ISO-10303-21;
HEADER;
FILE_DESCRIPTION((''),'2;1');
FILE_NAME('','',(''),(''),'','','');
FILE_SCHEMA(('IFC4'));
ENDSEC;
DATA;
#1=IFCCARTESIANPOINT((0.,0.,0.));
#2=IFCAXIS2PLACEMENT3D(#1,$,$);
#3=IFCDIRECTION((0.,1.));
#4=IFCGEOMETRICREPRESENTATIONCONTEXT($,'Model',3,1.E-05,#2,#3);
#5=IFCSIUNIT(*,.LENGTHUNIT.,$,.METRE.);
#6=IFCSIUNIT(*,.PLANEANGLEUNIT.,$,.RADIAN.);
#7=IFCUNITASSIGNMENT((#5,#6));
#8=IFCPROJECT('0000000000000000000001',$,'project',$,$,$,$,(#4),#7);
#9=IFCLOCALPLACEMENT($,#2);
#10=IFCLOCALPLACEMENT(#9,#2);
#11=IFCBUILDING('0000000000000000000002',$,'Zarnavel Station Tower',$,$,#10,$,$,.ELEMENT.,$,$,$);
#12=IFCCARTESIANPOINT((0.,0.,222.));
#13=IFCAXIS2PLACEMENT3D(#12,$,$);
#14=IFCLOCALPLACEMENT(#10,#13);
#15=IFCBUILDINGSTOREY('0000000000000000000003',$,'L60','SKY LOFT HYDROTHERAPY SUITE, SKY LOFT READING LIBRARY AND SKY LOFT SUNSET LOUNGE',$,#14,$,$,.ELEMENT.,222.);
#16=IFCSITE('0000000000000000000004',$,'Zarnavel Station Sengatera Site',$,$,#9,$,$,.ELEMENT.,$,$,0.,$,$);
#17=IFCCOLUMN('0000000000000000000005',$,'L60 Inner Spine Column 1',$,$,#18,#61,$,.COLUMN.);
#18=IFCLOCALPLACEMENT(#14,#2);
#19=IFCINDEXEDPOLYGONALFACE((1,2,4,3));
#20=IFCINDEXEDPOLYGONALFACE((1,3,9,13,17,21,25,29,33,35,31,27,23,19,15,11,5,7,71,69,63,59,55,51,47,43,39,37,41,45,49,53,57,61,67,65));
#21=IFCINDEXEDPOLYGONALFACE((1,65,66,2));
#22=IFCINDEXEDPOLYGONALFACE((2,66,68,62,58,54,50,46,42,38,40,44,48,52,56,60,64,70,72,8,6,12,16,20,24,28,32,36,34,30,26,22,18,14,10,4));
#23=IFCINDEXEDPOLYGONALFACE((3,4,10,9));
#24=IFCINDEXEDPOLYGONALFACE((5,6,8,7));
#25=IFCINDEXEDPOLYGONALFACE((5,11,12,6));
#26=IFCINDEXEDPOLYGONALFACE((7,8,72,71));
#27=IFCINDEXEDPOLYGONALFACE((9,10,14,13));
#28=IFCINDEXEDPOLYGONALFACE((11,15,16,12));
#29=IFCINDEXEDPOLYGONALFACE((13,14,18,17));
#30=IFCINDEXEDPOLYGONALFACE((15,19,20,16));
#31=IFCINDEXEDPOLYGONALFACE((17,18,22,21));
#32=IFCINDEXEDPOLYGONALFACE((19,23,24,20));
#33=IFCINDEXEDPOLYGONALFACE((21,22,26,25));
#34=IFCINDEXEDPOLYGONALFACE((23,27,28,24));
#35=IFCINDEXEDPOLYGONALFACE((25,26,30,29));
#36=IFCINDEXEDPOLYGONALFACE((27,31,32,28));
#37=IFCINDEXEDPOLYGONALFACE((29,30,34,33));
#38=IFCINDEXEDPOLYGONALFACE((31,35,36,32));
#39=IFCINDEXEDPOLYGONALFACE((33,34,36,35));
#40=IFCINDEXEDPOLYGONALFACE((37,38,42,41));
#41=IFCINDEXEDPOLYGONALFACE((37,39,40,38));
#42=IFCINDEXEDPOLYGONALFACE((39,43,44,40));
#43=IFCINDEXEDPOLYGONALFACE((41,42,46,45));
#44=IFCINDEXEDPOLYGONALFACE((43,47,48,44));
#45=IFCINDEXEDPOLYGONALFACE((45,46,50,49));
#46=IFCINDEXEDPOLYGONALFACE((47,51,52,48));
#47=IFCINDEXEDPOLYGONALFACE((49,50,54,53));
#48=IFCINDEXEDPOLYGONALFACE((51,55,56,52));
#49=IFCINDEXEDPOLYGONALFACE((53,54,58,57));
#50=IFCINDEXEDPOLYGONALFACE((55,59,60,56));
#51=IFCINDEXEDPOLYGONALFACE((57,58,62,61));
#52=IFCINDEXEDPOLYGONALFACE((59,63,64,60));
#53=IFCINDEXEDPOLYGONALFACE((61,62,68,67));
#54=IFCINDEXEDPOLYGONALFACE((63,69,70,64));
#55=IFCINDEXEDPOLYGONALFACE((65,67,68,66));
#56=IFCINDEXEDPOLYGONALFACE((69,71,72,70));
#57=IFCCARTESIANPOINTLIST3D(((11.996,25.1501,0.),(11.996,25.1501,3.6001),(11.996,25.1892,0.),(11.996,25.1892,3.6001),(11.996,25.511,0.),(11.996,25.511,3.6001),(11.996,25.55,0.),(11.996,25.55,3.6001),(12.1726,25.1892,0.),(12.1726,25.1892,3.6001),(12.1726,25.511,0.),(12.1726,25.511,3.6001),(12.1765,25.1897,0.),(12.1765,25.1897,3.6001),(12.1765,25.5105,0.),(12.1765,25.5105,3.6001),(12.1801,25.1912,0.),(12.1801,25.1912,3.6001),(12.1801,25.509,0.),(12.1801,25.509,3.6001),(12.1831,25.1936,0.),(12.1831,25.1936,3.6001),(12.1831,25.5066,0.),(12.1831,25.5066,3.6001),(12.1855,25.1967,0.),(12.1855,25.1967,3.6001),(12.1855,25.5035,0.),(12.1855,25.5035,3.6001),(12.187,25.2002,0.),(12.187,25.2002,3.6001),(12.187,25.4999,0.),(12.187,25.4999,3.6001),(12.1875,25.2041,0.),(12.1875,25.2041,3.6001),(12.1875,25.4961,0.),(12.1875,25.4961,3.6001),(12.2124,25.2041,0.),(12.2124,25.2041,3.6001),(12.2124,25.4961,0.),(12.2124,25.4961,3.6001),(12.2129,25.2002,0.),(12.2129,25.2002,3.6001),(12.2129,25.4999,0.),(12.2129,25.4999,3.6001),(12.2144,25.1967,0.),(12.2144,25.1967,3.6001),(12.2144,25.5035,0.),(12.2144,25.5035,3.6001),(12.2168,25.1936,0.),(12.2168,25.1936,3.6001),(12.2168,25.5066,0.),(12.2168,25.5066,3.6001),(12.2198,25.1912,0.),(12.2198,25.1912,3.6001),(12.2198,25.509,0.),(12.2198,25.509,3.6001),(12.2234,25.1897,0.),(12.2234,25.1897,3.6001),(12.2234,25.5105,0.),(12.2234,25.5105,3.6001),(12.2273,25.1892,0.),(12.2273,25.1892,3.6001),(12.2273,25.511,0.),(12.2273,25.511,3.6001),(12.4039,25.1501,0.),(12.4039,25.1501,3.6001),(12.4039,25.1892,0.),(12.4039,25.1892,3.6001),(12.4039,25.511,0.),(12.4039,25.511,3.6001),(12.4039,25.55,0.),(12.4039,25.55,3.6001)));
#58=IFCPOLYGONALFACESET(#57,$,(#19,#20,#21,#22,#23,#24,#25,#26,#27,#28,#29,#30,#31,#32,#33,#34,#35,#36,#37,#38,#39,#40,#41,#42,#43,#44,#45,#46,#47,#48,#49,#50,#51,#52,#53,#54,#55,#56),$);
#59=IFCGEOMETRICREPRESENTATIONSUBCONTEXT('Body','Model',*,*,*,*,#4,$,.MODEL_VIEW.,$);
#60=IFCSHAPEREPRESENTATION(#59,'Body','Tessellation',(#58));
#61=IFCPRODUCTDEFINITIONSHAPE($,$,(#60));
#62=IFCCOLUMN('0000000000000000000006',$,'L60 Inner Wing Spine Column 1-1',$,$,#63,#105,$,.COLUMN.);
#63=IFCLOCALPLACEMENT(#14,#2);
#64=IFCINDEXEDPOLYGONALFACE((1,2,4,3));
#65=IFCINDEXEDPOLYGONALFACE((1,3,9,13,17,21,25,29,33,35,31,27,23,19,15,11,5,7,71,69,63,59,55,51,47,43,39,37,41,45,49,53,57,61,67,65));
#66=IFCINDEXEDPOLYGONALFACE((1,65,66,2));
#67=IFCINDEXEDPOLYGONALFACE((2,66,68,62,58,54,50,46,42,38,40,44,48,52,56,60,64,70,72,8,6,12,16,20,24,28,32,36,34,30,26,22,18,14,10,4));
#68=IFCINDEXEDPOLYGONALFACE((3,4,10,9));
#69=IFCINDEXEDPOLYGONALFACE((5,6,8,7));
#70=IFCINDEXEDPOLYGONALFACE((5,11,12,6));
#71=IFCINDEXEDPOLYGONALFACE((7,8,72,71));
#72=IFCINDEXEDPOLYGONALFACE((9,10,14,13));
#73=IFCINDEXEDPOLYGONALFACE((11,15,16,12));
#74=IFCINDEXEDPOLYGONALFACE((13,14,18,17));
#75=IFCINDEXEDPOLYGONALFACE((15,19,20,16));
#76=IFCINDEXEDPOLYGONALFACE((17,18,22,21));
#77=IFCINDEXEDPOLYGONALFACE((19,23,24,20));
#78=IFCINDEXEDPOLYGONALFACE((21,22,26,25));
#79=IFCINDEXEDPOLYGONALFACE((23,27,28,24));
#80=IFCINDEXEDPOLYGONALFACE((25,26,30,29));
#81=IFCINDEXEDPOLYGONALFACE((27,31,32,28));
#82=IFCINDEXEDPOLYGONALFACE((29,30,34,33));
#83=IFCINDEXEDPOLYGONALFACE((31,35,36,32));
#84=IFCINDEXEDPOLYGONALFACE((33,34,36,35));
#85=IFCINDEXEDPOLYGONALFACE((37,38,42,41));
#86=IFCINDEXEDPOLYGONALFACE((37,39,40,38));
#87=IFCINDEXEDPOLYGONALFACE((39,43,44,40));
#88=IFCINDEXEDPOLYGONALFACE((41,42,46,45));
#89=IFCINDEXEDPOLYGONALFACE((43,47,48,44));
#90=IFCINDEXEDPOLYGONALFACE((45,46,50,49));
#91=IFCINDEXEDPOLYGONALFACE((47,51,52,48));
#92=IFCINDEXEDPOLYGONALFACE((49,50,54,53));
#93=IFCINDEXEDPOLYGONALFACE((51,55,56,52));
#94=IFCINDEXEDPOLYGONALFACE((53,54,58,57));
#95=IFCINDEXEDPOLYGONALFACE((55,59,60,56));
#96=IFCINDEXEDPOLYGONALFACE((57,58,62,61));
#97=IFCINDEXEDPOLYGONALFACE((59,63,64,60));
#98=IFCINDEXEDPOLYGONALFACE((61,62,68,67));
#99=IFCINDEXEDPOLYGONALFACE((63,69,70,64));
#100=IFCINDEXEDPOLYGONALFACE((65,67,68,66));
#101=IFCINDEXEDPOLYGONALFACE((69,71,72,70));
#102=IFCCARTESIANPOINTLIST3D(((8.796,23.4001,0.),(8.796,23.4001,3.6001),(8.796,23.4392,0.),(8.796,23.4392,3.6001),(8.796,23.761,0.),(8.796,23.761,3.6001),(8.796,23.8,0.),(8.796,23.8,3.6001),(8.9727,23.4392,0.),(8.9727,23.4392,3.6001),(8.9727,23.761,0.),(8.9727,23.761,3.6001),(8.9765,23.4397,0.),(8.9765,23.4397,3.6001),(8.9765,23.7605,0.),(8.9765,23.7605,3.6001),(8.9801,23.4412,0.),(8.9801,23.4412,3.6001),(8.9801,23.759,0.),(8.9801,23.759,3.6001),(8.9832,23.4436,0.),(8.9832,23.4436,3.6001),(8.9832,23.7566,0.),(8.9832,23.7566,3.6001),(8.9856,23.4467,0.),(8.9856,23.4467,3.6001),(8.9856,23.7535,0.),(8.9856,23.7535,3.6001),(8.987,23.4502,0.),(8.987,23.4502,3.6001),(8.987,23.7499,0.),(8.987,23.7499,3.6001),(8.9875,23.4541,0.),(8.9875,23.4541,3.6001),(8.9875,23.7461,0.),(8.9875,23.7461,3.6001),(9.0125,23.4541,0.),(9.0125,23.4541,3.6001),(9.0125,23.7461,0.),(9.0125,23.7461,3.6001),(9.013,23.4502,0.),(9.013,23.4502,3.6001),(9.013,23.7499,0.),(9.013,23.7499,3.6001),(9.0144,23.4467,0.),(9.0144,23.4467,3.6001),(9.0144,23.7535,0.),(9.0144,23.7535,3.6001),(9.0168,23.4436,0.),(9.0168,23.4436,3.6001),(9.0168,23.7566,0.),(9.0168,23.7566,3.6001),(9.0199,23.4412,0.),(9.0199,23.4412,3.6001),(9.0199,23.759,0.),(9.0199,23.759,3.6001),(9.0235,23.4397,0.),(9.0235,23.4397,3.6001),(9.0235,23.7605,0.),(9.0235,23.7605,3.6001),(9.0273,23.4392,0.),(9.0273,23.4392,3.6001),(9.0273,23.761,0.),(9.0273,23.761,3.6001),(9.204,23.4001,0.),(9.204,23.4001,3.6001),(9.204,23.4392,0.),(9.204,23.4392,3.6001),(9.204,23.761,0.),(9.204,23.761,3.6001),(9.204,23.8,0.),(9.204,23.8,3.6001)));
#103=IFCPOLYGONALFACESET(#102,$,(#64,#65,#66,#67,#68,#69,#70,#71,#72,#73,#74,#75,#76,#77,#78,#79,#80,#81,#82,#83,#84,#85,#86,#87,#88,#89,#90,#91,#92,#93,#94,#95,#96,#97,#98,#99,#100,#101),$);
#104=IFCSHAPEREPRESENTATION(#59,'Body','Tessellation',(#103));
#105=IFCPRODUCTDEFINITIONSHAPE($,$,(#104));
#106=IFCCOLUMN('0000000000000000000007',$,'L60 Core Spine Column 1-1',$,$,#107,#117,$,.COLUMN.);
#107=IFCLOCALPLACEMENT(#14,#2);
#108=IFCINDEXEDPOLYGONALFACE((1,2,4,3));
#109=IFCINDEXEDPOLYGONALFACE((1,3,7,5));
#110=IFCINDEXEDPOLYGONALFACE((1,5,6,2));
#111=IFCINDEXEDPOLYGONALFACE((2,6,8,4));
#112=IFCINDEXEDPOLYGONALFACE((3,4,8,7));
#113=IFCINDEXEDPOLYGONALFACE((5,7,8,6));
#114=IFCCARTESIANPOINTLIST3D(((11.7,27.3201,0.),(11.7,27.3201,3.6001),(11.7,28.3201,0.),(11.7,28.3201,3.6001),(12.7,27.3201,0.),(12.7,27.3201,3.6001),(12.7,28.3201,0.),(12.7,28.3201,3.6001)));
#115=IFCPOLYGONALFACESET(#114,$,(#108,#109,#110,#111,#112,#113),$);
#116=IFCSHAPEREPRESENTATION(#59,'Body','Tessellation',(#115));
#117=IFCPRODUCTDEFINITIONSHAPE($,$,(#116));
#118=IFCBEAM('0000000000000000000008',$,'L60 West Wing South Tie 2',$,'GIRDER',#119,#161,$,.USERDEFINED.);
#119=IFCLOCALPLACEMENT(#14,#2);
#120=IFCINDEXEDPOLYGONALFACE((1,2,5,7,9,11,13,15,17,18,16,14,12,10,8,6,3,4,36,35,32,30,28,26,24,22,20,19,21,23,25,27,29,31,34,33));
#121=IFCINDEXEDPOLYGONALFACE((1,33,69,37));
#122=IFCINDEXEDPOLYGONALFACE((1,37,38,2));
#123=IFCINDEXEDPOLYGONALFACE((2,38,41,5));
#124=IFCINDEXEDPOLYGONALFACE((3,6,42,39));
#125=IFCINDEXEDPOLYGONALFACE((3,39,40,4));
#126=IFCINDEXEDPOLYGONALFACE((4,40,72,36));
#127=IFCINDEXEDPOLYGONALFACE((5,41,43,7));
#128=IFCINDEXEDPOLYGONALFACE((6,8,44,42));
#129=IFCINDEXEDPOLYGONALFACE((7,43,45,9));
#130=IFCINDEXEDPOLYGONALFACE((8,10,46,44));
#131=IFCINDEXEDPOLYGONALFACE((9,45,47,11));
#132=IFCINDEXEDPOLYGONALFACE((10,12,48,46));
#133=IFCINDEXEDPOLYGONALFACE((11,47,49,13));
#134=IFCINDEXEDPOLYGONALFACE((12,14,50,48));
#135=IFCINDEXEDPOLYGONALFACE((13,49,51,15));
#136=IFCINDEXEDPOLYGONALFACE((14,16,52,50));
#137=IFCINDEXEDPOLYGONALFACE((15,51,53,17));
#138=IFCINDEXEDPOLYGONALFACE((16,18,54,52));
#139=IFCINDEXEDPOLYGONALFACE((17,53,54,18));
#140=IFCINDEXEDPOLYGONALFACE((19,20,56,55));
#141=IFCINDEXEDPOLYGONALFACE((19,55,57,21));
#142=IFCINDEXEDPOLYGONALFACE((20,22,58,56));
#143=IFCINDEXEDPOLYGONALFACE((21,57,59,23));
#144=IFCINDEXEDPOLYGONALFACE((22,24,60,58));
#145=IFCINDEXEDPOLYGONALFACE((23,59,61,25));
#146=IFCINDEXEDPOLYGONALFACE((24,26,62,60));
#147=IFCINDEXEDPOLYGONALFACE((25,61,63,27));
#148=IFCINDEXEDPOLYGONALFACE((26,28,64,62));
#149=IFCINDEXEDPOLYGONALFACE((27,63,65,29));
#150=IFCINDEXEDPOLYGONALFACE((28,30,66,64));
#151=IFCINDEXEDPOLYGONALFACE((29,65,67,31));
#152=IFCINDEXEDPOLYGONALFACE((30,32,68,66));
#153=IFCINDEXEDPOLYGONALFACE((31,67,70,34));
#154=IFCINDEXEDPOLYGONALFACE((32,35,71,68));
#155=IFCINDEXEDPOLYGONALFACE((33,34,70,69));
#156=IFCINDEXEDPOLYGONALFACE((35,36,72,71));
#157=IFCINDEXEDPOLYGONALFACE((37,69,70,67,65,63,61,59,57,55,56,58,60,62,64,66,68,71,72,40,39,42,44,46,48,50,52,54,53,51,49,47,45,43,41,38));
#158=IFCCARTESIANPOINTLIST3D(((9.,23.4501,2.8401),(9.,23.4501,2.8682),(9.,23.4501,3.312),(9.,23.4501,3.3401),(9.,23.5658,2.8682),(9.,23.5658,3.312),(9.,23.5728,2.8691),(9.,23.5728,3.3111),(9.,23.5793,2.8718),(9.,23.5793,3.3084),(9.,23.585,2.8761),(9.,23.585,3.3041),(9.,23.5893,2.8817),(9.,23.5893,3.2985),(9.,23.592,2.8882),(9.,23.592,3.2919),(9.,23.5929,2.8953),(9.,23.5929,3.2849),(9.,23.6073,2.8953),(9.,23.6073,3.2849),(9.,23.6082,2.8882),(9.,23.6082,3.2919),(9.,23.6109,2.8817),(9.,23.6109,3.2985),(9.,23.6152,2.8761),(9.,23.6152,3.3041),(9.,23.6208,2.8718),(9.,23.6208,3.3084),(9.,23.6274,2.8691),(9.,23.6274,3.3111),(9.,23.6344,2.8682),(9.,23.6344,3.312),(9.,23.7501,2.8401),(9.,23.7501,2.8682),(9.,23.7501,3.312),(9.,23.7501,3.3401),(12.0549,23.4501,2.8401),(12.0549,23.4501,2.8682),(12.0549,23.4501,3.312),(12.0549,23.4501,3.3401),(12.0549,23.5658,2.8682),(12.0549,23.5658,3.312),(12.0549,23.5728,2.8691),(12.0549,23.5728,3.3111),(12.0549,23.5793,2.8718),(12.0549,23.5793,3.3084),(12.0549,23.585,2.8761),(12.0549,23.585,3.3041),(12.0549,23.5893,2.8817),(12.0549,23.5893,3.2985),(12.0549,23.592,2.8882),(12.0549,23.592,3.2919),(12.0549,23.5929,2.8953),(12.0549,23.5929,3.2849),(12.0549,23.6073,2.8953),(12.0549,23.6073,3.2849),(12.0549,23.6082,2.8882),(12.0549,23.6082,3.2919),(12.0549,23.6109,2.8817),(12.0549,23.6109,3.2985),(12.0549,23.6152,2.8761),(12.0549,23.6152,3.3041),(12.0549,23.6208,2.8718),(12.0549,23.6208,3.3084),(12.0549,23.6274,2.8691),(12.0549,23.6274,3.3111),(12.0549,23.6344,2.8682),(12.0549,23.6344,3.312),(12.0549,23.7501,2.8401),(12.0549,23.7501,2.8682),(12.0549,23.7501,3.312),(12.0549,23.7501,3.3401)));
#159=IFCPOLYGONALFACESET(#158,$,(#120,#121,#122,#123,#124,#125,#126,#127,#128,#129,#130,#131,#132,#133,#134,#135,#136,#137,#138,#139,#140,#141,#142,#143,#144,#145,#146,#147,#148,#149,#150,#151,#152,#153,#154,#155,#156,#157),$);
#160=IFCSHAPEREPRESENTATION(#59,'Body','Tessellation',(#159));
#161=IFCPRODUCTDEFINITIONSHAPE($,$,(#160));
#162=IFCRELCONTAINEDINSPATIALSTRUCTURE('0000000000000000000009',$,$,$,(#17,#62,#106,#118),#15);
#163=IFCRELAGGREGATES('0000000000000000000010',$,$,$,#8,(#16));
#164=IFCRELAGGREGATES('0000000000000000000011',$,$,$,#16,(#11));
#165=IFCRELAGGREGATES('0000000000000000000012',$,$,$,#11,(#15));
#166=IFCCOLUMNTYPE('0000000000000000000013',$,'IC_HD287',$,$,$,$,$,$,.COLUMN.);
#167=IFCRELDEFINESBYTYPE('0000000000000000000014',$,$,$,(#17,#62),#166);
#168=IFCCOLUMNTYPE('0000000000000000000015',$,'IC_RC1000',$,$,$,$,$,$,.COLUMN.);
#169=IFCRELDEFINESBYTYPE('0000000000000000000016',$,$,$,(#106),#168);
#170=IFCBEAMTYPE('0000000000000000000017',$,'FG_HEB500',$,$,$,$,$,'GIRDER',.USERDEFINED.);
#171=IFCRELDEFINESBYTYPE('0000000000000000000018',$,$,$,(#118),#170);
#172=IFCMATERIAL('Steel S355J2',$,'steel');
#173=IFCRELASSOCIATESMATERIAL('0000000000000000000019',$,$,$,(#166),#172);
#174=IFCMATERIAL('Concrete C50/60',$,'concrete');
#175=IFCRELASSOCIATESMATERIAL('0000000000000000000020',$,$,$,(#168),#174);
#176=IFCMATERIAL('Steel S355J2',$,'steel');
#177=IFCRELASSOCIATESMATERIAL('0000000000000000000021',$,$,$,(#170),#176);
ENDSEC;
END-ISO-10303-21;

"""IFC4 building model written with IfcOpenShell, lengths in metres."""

from ifc_helpers import new_model, si_unit, direction, frame, origin, origin_2d, place, context, subcontext, project, spatial, rectangle, i_section, extrude, material, material_profile, profile_set, type_object, element, save


model = new_model("IFC4")

# Units and contexts
model_context = context("Model", 3, precision=1e-05, world=origin(), true_north=direction((0.0, 1.0)))
body_context = subcontext(model_context, "Body", "Model", "MODEL_VIEW")
ifc_project = project(units=[si_unit("LENGTHUNIT", "METRE"), si_unit("PLANEANGLEUNIT", "RADIAN")], contexts=[model_context])

# Site, building, storey
site_placement = place(None, origin())
site = spatial("IfcSite", under=ifc_project, at=site_placement, Name="Zarnavel Station Sengatera Site", CompositionType="ELEMENT", RefElevation=0.0)
building_placement = place(site_placement, origin())
building = spatial("IfcBuilding", under=site, at=building_placement, Name="Zarnavel Station Tower", CompositionType="ELEMENT")
storey_placement = place(building_placement, frame((0.0, 0.0, 222.0)))
storey = spatial("IfcBuildingStorey", under=building, at=storey_placement, Name="L60", Description="SKY LOFT HYDROTHERAPY SUITE, SKY LOFT READING LIBRARY AND SKY LOFT SUNSET LOUNGE", CompositionType="ELEMENT", Elevation=222.0)

# Columns
ifc_material_1 = material(Name="Steel S355J2", Category="steel")
ifc_material_profile_1 = material_profile(ifc_material_1, i_section(OverallWidth=0.408, OverallDepth=0.3999, WebThickness=0.0249, FlangeThickness=0.0391, FilletRadius=0.0149, at=origin_2d()), Name="HD400x287")
ifc_profile_set_1 = profile_set([ifc_material_profile_1], Name="Steel S355J2")
column_type_1 = type_object("IfcColumnType", Name="IC_HD287", PredefinedType="COLUMN", material=ifc_profile_set_1)
for number, where, z_axis, x_axis, name in (
    (1, (12.2, 25.3501, 0.0), (0.0, 0.0, 1.0), (1.0, 0.0, 0.0), "L60 Inner Spine Column 1"),
    (2, (9.0, 23.6001, 0.0), (0.0, 0.0, 1.0), (1.0, 0.0, 0.0), "L60 Inner Wing Spine Column 1-1"),
):
    element("IfcColumn", number, at=place(storey_placement, frame(where, z_axis=z_axis, x_axis=x_axis)), inside=storey, type_object=column_type_1, Name=name, PredefinedType="COLUMN", context=body_context, shape_type="SweptSolid", body=[
        extrude(i_section(OverallWidth=0.408, OverallDepth=0.3999, WebThickness=0.0249, FlangeThickness=0.0391, FilletRadius=0.0149, at=origin_2d()), origin(), (0.0, 0.0, 1.0), 3.6001),
    ])
ifc_material_2 = material(Name="Concrete C50/60", Category="concrete")
ifc_material_profile_2 = material_profile(ifc_material_2, rectangle(XDim=1.0, YDim=1.0, at=origin_2d()), Name="RC1000x1000")
ifc_profile_set_2 = profile_set([ifc_material_profile_2], Name="Concrete C50/60")
column_type_2 = type_object("IfcColumnType", Name="IC_RC1000", PredefinedType="COLUMN", material=ifc_profile_set_2)
column_placement = place(storey_placement, frame((12.2, 27.8201, 0.0), z_axis=(0.0, 0.0, 1.0), x_axis=(1.0, 0.0, 0.0)))
element("IfcColumn", 3, at=column_placement, inside=storey, type_object=column_type_2, Name="L60 Core Spine Column 1-1", PredefinedType="COLUMN", context=body_context, shape_type="SweptSolid", body=[
    extrude(rectangle(XDim=1.0, YDim=1.0, at=origin_2d()), origin(), (0.0, 0.0, 1.0), 3.6001),
])

# Beam
ifc_material_3 = material(Name="Steel S355J2", Category="steel")
ifc_material_profile_3 = material_profile(ifc_material_3, i_section(OverallWidth=0.3, OverallDepth=0.5, WebThickness=0.0144, FlangeThickness=0.0281, FilletRadius=0.0271, at=origin_2d()), Name="HEB500")
ifc_profile_set_3 = profile_set([ifc_material_profile_3], Name="Steel S355J2")
beam_type_1 = type_object("IfcBeamType", Name="FG_HEB500", ElementType="GIRDER", PredefinedType="USERDEFINED", material=ifc_profile_set_3)
beam_1_placement = place(storey_placement, frame((9.0, 23.6001, 3.0901), z_axis=(1.0, 0.0, 0.0), x_axis=(0.0, 1.0, 0.0)))
element("IfcBeam", 4, at=beam_1_placement, inside=storey, type_object=beam_type_1, Name="L60 West Wing South Tie 2", ObjectType="GIRDER", PredefinedType="USERDEFINED", context=body_context, shape_type="SweptSolid", body=[
    extrude(i_section(OverallWidth=0.3, OverallDepth=0.5, WebThickness=0.0144, FlangeThickness=0.0281, FilletRadius=0.0271, at=origin_2d()), origin(), (0.0, 0.0, 1.0), 3.0549),
])

save(model, "model.ifc")
